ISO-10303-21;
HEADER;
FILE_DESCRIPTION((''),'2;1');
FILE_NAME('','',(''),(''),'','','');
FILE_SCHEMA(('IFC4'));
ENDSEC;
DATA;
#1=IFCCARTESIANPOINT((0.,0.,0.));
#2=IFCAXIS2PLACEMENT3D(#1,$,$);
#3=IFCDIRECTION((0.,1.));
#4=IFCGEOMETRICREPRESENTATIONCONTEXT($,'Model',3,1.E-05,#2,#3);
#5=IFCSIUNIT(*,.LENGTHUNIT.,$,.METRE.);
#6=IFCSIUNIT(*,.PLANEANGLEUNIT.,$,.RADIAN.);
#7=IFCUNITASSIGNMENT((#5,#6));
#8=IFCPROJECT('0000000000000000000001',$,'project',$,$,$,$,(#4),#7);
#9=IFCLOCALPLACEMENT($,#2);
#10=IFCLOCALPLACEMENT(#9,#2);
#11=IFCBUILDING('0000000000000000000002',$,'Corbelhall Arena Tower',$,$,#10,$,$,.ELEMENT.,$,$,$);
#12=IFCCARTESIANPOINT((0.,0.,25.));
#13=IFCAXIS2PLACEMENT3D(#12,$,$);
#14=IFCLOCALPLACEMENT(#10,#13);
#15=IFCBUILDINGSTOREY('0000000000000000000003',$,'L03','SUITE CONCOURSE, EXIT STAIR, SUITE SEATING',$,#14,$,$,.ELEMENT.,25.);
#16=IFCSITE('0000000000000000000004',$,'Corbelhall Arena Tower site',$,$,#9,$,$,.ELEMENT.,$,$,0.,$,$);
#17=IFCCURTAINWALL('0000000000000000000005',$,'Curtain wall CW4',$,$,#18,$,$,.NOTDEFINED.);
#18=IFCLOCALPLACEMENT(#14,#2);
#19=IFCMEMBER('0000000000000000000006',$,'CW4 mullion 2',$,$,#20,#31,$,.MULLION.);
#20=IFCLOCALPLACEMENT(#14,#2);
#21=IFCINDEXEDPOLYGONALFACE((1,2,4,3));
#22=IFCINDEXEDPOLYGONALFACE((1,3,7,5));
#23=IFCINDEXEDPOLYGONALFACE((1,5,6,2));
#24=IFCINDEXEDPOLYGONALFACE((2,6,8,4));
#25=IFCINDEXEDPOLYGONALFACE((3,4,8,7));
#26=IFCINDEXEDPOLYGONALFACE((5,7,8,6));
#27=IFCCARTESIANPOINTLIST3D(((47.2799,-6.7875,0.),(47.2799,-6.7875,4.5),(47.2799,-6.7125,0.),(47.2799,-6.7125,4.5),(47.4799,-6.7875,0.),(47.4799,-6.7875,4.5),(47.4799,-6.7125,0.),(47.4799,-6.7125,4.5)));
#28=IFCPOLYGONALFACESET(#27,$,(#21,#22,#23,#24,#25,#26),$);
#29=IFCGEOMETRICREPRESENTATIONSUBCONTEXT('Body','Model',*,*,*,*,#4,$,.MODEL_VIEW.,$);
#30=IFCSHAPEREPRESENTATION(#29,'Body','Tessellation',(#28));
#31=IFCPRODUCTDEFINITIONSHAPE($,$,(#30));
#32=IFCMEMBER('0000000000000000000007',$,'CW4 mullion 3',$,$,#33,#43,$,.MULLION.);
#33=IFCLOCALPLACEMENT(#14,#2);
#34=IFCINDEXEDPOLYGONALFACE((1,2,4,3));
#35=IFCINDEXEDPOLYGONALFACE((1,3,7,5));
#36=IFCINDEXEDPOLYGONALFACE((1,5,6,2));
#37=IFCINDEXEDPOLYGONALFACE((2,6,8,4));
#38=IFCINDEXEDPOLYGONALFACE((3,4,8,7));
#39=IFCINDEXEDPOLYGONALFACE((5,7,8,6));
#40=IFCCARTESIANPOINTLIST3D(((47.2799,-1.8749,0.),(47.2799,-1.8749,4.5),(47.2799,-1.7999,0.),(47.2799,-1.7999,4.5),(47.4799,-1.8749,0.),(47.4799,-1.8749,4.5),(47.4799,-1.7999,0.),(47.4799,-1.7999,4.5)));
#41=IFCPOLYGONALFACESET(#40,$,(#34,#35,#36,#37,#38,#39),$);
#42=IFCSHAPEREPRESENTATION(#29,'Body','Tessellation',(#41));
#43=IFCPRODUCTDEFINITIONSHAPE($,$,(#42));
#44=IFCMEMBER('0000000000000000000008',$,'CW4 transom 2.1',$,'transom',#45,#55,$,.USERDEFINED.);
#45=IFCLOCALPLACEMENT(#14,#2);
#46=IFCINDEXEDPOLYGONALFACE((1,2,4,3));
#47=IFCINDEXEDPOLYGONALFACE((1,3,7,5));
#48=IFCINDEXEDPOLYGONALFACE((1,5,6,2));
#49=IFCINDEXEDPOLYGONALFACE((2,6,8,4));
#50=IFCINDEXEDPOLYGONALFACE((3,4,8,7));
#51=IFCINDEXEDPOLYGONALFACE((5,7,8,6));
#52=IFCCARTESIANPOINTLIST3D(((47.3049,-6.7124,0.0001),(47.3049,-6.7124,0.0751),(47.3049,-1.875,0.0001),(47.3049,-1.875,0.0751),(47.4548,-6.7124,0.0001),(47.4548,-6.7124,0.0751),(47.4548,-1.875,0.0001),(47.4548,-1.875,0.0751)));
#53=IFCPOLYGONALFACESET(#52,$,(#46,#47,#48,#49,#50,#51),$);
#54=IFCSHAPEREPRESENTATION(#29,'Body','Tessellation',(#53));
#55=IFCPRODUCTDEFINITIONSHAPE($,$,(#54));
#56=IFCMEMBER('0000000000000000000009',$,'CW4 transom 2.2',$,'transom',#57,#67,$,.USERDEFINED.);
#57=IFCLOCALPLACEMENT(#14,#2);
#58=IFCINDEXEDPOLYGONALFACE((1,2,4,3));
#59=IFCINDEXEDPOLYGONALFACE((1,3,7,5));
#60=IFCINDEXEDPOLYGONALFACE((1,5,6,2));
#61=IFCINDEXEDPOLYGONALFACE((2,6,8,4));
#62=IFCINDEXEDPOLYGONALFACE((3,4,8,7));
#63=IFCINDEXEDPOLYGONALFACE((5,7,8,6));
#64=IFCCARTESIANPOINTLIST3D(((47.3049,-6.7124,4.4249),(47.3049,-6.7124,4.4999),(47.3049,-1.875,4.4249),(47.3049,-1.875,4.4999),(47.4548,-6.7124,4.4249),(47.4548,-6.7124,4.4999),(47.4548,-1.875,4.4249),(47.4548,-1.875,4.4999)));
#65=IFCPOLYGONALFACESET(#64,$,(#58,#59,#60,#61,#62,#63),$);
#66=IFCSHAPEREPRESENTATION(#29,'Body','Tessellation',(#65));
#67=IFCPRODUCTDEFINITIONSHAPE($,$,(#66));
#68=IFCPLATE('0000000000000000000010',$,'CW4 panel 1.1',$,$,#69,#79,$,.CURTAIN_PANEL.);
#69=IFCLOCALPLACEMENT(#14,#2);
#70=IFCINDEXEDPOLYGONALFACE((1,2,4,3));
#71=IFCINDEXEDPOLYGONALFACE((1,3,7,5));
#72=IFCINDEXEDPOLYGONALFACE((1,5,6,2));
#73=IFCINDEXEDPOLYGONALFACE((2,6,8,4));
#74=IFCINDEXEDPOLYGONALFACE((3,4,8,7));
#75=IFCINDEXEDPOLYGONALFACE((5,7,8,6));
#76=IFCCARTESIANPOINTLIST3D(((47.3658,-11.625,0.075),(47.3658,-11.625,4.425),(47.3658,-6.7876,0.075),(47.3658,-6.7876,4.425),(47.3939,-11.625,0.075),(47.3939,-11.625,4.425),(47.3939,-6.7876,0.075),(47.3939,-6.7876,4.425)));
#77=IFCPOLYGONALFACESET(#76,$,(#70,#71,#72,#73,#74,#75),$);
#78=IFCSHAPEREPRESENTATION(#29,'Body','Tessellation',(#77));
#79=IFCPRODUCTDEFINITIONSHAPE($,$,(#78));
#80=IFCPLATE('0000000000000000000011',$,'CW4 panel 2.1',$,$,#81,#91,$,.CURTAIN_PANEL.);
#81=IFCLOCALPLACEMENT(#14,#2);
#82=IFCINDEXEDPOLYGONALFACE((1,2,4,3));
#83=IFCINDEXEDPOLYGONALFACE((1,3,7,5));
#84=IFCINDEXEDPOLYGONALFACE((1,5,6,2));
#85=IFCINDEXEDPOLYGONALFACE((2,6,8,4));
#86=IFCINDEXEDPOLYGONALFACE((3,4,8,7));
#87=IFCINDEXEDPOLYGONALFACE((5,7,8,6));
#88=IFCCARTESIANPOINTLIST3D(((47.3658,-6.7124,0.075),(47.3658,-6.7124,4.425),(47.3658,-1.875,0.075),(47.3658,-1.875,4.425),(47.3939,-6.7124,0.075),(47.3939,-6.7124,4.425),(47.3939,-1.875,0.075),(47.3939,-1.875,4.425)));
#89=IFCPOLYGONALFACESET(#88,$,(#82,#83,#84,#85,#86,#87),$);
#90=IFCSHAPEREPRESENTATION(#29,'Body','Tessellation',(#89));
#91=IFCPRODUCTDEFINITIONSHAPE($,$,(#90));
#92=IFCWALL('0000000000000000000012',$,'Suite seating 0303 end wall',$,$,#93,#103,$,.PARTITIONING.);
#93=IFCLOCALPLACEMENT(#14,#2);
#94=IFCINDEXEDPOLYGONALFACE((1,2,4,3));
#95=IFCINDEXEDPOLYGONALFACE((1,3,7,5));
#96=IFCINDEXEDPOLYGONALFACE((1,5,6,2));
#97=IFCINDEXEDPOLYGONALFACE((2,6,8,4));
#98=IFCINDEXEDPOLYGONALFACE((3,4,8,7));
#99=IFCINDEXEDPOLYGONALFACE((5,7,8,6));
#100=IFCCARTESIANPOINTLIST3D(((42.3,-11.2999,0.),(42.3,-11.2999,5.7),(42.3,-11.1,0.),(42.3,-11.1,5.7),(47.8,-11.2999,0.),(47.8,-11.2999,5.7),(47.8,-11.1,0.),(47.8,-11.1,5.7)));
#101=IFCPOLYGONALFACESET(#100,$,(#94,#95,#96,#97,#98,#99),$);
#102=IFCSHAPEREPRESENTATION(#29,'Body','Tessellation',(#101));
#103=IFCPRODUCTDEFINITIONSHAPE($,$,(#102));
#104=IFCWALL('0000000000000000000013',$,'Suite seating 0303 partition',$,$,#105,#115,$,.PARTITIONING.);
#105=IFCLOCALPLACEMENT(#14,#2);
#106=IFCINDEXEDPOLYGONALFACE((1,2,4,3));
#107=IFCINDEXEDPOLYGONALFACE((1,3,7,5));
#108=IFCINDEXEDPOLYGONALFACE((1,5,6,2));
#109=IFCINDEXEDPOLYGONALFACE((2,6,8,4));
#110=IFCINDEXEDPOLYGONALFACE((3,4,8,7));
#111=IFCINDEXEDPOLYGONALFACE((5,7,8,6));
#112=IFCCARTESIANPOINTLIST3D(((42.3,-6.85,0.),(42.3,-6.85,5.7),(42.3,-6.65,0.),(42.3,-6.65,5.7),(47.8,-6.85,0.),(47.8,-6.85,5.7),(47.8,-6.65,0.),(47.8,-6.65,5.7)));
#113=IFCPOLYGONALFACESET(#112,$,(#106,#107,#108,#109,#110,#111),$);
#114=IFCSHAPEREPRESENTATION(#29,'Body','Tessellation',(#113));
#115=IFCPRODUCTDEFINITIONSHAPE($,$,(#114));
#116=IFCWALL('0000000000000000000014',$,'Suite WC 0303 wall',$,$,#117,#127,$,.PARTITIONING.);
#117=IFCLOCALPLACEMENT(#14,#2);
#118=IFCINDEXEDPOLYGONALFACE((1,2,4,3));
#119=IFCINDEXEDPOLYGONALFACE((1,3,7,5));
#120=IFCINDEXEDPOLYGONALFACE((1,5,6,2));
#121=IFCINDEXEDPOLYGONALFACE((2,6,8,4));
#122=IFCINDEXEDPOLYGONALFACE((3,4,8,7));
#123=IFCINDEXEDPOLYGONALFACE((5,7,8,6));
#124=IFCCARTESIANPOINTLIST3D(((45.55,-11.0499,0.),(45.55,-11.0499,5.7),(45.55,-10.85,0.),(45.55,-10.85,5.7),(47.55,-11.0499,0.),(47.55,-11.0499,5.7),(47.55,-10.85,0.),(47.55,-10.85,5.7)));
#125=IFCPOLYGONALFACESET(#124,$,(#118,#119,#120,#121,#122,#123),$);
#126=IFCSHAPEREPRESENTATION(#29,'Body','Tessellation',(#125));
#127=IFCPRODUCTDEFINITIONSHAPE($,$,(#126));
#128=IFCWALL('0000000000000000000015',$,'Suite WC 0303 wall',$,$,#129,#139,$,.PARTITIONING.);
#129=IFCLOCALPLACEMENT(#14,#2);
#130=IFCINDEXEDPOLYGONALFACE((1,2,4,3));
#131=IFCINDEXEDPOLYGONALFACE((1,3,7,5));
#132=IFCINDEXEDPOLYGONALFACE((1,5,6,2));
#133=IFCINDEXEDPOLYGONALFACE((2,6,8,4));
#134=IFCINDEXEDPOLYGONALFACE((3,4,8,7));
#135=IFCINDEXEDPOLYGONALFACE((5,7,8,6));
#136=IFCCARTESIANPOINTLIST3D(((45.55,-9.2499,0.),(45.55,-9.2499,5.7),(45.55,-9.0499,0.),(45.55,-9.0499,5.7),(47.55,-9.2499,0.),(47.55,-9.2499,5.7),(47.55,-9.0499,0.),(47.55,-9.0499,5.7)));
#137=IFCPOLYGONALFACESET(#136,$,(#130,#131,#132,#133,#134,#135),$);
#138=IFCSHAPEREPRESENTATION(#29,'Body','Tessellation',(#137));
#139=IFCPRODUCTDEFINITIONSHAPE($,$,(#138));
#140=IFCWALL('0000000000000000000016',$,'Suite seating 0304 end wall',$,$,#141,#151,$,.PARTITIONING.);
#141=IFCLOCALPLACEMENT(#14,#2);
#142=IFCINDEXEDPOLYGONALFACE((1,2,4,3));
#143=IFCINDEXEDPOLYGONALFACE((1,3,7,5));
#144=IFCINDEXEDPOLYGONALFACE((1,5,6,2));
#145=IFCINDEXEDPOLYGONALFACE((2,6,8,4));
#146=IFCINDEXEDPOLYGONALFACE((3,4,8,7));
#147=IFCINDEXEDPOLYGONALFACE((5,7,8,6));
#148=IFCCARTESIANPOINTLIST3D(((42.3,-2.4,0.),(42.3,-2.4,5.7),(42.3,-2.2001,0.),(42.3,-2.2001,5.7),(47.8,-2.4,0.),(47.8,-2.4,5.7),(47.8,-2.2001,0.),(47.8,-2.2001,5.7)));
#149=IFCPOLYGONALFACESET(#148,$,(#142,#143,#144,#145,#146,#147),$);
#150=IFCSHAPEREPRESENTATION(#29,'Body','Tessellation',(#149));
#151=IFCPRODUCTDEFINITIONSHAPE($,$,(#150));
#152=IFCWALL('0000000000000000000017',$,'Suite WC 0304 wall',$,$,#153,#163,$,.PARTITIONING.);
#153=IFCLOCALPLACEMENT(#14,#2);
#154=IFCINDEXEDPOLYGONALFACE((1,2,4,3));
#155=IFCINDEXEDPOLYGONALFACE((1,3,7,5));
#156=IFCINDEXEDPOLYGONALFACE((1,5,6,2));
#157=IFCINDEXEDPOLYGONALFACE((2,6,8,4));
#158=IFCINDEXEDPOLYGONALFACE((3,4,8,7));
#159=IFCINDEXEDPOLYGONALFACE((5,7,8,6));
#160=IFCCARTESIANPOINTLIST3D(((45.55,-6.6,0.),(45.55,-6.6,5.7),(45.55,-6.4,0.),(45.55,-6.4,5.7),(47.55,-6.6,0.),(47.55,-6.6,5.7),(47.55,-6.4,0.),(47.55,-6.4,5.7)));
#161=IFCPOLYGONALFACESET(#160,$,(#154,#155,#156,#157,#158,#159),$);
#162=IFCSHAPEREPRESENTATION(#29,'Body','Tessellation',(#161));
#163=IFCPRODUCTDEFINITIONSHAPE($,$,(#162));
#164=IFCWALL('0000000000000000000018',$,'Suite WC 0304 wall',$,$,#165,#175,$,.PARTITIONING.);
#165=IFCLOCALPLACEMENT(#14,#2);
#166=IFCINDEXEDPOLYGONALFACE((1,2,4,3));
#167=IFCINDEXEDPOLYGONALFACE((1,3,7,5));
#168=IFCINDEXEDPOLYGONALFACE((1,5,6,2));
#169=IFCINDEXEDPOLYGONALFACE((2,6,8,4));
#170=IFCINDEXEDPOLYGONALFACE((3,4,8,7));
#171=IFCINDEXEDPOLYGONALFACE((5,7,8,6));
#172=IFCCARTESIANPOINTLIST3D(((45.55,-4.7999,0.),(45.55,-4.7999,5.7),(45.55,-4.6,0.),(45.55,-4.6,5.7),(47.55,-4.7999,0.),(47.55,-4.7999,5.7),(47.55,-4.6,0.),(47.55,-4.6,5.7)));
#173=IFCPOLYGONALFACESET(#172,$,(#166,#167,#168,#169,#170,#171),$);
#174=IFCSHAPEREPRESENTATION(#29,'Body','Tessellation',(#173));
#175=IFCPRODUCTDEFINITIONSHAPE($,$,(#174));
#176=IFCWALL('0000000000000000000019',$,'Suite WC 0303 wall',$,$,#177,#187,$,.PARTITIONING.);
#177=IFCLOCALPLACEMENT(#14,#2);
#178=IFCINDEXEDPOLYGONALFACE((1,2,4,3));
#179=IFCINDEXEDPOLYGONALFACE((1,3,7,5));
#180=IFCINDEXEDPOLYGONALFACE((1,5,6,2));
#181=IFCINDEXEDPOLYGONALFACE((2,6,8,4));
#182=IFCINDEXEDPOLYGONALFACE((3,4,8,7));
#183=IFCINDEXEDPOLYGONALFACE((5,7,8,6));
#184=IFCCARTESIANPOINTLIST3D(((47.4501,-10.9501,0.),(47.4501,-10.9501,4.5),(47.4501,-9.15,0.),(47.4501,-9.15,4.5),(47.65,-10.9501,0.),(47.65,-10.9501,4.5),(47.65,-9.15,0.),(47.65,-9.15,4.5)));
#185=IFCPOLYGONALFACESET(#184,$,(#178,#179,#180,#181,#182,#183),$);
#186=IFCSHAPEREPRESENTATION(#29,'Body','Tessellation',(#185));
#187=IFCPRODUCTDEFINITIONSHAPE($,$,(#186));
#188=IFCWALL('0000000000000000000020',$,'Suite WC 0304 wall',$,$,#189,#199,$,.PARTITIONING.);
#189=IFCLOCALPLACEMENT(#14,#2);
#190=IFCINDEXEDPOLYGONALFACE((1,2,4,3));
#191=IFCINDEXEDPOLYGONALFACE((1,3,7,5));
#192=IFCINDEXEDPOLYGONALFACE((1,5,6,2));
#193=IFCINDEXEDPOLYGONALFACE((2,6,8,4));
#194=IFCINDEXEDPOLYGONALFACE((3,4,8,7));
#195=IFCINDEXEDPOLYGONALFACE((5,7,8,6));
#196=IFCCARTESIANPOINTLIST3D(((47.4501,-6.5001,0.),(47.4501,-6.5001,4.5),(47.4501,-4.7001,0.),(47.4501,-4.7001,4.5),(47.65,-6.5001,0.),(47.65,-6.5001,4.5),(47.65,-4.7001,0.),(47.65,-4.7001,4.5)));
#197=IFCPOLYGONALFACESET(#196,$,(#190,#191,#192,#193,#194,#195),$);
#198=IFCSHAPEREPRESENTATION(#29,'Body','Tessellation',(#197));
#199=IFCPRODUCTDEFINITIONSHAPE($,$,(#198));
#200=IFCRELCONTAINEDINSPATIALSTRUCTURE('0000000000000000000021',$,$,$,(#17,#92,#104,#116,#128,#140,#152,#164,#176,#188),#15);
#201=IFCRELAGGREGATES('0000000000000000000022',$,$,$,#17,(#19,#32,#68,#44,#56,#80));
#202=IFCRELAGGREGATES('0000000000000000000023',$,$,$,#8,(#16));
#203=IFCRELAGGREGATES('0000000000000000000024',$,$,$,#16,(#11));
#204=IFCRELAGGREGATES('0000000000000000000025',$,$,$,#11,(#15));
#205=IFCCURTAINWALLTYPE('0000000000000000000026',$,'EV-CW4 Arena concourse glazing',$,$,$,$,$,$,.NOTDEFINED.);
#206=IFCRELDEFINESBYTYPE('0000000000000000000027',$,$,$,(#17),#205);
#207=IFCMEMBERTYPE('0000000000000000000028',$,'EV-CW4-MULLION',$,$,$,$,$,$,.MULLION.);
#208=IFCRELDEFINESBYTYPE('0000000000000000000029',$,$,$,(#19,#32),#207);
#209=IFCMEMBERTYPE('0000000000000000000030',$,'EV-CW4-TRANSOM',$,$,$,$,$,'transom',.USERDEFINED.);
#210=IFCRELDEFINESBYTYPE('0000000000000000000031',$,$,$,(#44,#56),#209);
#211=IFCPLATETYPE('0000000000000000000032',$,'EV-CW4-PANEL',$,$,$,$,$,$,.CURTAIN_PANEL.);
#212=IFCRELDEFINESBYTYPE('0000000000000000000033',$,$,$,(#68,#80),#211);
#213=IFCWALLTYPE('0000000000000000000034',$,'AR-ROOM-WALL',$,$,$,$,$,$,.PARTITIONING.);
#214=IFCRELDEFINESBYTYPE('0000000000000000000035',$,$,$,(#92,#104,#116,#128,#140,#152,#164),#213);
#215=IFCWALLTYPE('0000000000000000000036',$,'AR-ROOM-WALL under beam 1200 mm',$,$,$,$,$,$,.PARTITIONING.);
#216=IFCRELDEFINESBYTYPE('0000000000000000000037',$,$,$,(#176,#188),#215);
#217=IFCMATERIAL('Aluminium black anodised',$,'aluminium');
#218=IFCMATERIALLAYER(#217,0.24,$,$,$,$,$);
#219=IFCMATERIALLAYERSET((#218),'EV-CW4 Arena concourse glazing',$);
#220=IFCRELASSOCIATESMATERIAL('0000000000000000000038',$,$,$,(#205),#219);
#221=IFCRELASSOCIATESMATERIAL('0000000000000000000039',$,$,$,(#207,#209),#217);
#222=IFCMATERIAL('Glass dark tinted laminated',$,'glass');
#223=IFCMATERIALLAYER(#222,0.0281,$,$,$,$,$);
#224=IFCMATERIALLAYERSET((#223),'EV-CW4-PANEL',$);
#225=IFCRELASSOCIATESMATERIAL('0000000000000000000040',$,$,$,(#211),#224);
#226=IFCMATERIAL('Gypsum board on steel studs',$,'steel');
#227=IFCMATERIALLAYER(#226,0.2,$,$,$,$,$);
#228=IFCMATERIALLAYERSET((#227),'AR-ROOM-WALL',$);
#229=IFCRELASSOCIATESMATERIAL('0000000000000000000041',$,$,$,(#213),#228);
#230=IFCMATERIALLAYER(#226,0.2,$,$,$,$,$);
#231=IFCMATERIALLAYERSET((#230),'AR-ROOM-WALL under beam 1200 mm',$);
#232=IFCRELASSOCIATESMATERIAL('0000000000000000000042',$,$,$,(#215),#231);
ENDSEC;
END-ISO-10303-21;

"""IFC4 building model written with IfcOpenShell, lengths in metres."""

from ifc_helpers import new_model, si_unit, direction, frame, frame_2d, origin, origin_2d, place, context, subcontext, project, spatial, rectangle, extrude, material, layer, layer_set, material_profile, profile_set, type_object, element, aggregate, save


model = new_model("IFC4")

# Units and contexts
model_context = context("Model", 3, precision=1e-05, world=origin(), true_north=direction((0.0, 1.0)))
body_context = subcontext(model_context, "Body", "Model", "MODEL_VIEW")
ifc_project = project(units=[si_unit("LENGTHUNIT", "METRE"), si_unit("PLANEANGLEUNIT", "RADIAN")], contexts=[model_context])

# Site, building, storey
site_placement = place(None, origin())
site = spatial("IfcSite", under=ifc_project, at=site_placement, Name="Corbelhall Arena Tower site", CompositionType="ELEMENT", RefElevation=0.0)
building_placement = place(site_placement, origin())
building = spatial("IfcBuilding", under=site, at=building_placement, Name="Corbelhall Arena Tower", CompositionType="ELEMENT")
storey_placement = place(building_placement, frame((0.0, 0.0, 25.0)))
storey = spatial("IfcBuildingStorey", under=building, at=storey_placement, Name="L03", Description="SUITE CONCOURSE, EXIT STAIR, SUITE SEATING", CompositionType="ELEMENT", Elevation=25.0)

# Curtain wall, members, plates
ifc_material_1 = material(Name="Aluminium black anodised", Category="aluminium")
ifc_layer_1 = layer(ifc_material_1, 0.24)
ifc_layer_set_1 = layer_set([ifc_layer_1], Name="EV-CW4 Arena concourse glazing")
curtain_wall_type = type_object("IfcCurtainWallType", Name="EV-CW4 Arena concourse glazing", PredefinedType="NOTDEFINED", material=ifc_layer_set_1)
curtain_wall_placement = place(storey_placement, origin())
curtain_wall = element("IfcCurtainWall", 1, at=curtain_wall_placement, inside=storey, type_object=curtain_wall_type, Name="Curtain wall CW4", PredefinedType="NOTDEFINED")
ifc_material_profile_1 = material_profile(ifc_material_1, rectangle(XDim=0.2, YDim=0.075, at=origin_2d()))
ifc_profile_set_1 = profile_set([ifc_material_profile_1], Name="Aluminium black anodised")
member_type_1 = type_object("IfcMemberType", Name="EV-CW4-MULLION", PredefinedType="MULLION", material=ifc_profile_set_1)
member_1_placement = place(storey_placement, frame((47.3799, -6.75, 0.0), z_axis=(0.0, 0.0, 1.0), x_axis=(-1.0, 0.0, 0.0)))
member_1 = element("IfcMember", 2, at=member_1_placement, type_object=member_type_1, Name="CW4 mullion 2", PredefinedType="MULLION", context=body_context, shape_type="SweptSolid", body=[
    extrude(rectangle(XDim=0.2, YDim=0.075, at=origin_2d()), origin(), (0.0, 0.0, 1.0), 4.5),
])
member_2_placement = place(storey_placement, frame((47.3799, -1.8374, 0.0), z_axis=(0.0, 0.0, 1.0), x_axis=(-1.0, 0.0, 0.0)))
member_2 = element("IfcMember", 3, at=member_2_placement, type_object=member_type_1, Name="CW4 mullion 3", PredefinedType="MULLION", context=body_context, shape_type="SweptSolid", body=[
    extrude(rectangle(XDim=0.2, YDim=0.075, at=origin_2d()), origin(), (0.0, 0.0, 1.0), 4.5),
])
ifc_material_profile_2 = material_profile(ifc_material_1, rectangle(XDim=0.1499, YDim=0.075, at=origin_2d()))
ifc_profile_set_2 = profile_set([ifc_material_profile_2], Name="Aluminium black anodised")
member_type_2 = type_object("IfcMemberType", Name="EV-CW4-TRANSOM", ElementType="transom", PredefinedType="USERDEFINED", material=ifc_profile_set_2)
member_3_placement = place(storey_placement, frame((47.3799, -6.7124, 0.0376), z_axis=(0.0, 1.0, 0.0), x_axis=(-1.0, 0.0, 0.0)))
member_3 = element("IfcMember", 4, at=member_3_placement, type_object=member_type_2, Name="CW4 transom 2.1", ObjectType="transom", PredefinedType="USERDEFINED", context=body_context, shape_type="SweptSolid", body=[
    extrude(rectangle(XDim=0.1499, YDim=0.075, at=origin_2d()), origin(), (0.0, 0.0, 1.0), 4.8374),
])
member_4_placement = place(storey_placement, frame((47.3799, -6.7124, 4.4624), z_axis=(0.0, 1.0, 0.0), x_axis=(-1.0, 0.0, 0.0)))
member_4 = element("IfcMember", 5, at=member_4_placement, type_object=member_type_2, Name="CW4 transom 2.2", ObjectType="transom", PredefinedType="USERDEFINED", context=body_context, shape_type="SweptSolid", body=[
    extrude(rectangle(XDim=0.1499, YDim=0.075, at=origin_2d()), origin(), (0.0, 0.0, 1.0), 4.8374),
])
ifc_material_2 = material(Name="Glass dark tinted laminated", Category="glass")
ifc_layer_2 = layer(ifc_material_2, 0.0281)
ifc_layer_set_2 = layer_set([ifc_layer_2], Name="EV-CW4-PANEL")
plate_type = type_object("IfcPlateType", Name="EV-CW4-PANEL", PredefinedType="CURTAIN_PANEL", material=ifc_layer_set_2)
plate_1_placement = place(storey_placement, frame((47.3799, -9.2063, 0.075), z_axis=(0.0, 0.0, 1.0), x_axis=(0.0, 1.0, 0.0)))
plate_1 = element("IfcPlate", 6, at=plate_1_placement, type_object=plate_type, Name="CW4 panel 1.1", PredefinedType="CURTAIN_PANEL", context=body_context, shape_type="SweptSolid", body=[
    extrude(rectangle(XDim=4.8374, YDim=0.0281, at=origin_2d()), origin(), (0.0, 0.0, 1.0), 4.3501),
])
plate_2_placement = place(storey_placement, frame((47.3799, -4.2937, 0.075), z_axis=(0.0, 0.0, 1.0), x_axis=(0.0, 1.0, 0.0)))
plate_2 = element("IfcPlate", 7, at=plate_2_placement, type_object=plate_type, Name="CW4 panel 2.1", PredefinedType="CURTAIN_PANEL", context=body_context, shape_type="SweptSolid", body=[
    extrude(rectangle(XDim=4.8374, YDim=0.0281, at=origin_2d()), origin(), (0.0, 0.0, 1.0), 4.3501),
])
aggregate(curtain_wall, [member_1, member_2, plate_1, member_3, member_4, plate_2])

# Walls
ifc_material_3 = material(Name="Gypsum board on steel studs", Category="steel")
ifc_layer_3 = layer(ifc_material_3, 0.2)
ifc_layer_set_3 = layer_set([ifc_layer_3], Name="AR-ROOM-WALL")
wall_type_1 = type_object("IfcWallType", Name="AR-ROOM-WALL", PredefinedType="PARTITIONING", material=ifc_layer_set_3)
for number, where, z_axis, x_axis, name in (
    (8, (42.3, -11.2, 0.0), (0.0, 0.0, 1.0), (1.0, 0.0, 0.0), "Suite seating 0303 end wall"),
    (9, (42.3, -6.75, 0.0), (0.0, 0.0, 1.0), (1.0, 0.0, 0.0), "Suite seating 0303 partition"),
):
    element("IfcWall", number, at=place(storey_placement, frame(where, z_axis=z_axis, x_axis=x_axis)), inside=storey, type_object=wall_type_1, Name=name, PredefinedType="PARTITIONING", context=body_context, shape_type="SweptSolid", body=[
        extrude(rectangle(XDim=5.5, YDim=0.2, at=frame_2d((2.75, 0.0))), origin(), (0.0, 0.0, 1.0), 5.7),
    ])
for number, where, z_axis, x_axis, name in (
    (10, (45.55, -10.95, 0.0), (0.0, 0.0, 1.0), (1.0, 0.0, 0.0), "Suite WC 0303 wall"),
    (11, (47.55, -9.1499, 0.0), (0.0, 0.0, 1.0), (-1.0, 0.0, 0.0), "Suite WC 0303 wall"),
):
    element("IfcWall", number, at=place(storey_placement, frame(where, z_axis=z_axis, x_axis=x_axis)), inside=storey, type_object=wall_type_1, Name=name, PredefinedType="PARTITIONING", context=body_context, shape_type="SweptSolid", body=[
        extrude(rectangle(XDim=2.0, YDim=0.2, at=frame_2d((1.0, 0.0))), origin(), (0.0, 0.0, 1.0), 5.7),
    ])

# Walls
wall_1_placement = place(storey_placement, frame((42.3, -2.3, 0.0), z_axis=(0.0, 0.0, 1.0), x_axis=(1.0, 0.0, 0.0)))
element("IfcWall", 12, at=wall_1_placement, inside=storey, type_object=wall_type_1, Name="Suite seating 0304 end wall", PredefinedType="PARTITIONING", context=body_context, shape_type="SweptSolid", body=[
    extrude(rectangle(XDim=5.5, YDim=0.2, at=frame_2d((2.75, 0.0))), origin(), (0.0, 0.0, 1.0), 5.7),
])
for number, where, z_axis, x_axis, name in (
    (13, (45.55, -6.5, 0.0), (0.0, 0.0, 1.0), (1.0, 0.0, 0.0), "Suite WC 0304 wall"),
    (14, (47.55, -4.7, 0.0), (0.0, 0.0, 1.0), (-1.0, 0.0, 0.0), "Suite WC 0304 wall"),
):
    element("IfcWall", number, at=place(storey_placement, frame(where, z_axis=z_axis, x_axis=x_axis)), inside=storey, type_object=wall_type_1, Name=name, PredefinedType="PARTITIONING", context=body_context, shape_type="SweptSolid", body=[
        extrude(rectangle(XDim=2.0, YDim=0.2, at=frame_2d((1.0, 0.0))), origin(), (0.0, 0.0, 1.0), 5.7),
    ])

# Walls
ifc_layer_4 = layer(ifc_material_3, 0.2)
ifc_layer_set_4 = layer_set([ifc_layer_4], Name="AR-ROOM-WALL under beam 1200 mm")
wall_type_2 = type_object("IfcWallType", Name="AR-ROOM-WALL under beam 1200 mm", PredefinedType="PARTITIONING", material=ifc_layer_set_4)
for number, where, z_axis, x_axis, name in (
    (15, (47.55, -10.95, 0.0), (0.0, 0.0, 1.0), (0.0, 1.0, 0.0), "Suite WC 0303 wall"),
    (16, (47.55, -6.5, 0.0), (0.0, 0.0, 1.0), (0.0, 1.0, 0.0), "Suite WC 0304 wall"),
):
    element("IfcWall", number, at=place(storey_placement, frame(where, z_axis=z_axis, x_axis=x_axis)), inside=storey, type_object=wall_type_2, Name=name, PredefinedType="PARTITIONING", context=body_context, shape_type="SweptSolid", body=[
        extrude(rectangle(XDim=1.8, YDim=0.2, at=frame_2d((0.8999, 0.0))), origin(), (0.0, 0.0, 1.0), 4.5),
    ])

save(model, "model.ifc")
